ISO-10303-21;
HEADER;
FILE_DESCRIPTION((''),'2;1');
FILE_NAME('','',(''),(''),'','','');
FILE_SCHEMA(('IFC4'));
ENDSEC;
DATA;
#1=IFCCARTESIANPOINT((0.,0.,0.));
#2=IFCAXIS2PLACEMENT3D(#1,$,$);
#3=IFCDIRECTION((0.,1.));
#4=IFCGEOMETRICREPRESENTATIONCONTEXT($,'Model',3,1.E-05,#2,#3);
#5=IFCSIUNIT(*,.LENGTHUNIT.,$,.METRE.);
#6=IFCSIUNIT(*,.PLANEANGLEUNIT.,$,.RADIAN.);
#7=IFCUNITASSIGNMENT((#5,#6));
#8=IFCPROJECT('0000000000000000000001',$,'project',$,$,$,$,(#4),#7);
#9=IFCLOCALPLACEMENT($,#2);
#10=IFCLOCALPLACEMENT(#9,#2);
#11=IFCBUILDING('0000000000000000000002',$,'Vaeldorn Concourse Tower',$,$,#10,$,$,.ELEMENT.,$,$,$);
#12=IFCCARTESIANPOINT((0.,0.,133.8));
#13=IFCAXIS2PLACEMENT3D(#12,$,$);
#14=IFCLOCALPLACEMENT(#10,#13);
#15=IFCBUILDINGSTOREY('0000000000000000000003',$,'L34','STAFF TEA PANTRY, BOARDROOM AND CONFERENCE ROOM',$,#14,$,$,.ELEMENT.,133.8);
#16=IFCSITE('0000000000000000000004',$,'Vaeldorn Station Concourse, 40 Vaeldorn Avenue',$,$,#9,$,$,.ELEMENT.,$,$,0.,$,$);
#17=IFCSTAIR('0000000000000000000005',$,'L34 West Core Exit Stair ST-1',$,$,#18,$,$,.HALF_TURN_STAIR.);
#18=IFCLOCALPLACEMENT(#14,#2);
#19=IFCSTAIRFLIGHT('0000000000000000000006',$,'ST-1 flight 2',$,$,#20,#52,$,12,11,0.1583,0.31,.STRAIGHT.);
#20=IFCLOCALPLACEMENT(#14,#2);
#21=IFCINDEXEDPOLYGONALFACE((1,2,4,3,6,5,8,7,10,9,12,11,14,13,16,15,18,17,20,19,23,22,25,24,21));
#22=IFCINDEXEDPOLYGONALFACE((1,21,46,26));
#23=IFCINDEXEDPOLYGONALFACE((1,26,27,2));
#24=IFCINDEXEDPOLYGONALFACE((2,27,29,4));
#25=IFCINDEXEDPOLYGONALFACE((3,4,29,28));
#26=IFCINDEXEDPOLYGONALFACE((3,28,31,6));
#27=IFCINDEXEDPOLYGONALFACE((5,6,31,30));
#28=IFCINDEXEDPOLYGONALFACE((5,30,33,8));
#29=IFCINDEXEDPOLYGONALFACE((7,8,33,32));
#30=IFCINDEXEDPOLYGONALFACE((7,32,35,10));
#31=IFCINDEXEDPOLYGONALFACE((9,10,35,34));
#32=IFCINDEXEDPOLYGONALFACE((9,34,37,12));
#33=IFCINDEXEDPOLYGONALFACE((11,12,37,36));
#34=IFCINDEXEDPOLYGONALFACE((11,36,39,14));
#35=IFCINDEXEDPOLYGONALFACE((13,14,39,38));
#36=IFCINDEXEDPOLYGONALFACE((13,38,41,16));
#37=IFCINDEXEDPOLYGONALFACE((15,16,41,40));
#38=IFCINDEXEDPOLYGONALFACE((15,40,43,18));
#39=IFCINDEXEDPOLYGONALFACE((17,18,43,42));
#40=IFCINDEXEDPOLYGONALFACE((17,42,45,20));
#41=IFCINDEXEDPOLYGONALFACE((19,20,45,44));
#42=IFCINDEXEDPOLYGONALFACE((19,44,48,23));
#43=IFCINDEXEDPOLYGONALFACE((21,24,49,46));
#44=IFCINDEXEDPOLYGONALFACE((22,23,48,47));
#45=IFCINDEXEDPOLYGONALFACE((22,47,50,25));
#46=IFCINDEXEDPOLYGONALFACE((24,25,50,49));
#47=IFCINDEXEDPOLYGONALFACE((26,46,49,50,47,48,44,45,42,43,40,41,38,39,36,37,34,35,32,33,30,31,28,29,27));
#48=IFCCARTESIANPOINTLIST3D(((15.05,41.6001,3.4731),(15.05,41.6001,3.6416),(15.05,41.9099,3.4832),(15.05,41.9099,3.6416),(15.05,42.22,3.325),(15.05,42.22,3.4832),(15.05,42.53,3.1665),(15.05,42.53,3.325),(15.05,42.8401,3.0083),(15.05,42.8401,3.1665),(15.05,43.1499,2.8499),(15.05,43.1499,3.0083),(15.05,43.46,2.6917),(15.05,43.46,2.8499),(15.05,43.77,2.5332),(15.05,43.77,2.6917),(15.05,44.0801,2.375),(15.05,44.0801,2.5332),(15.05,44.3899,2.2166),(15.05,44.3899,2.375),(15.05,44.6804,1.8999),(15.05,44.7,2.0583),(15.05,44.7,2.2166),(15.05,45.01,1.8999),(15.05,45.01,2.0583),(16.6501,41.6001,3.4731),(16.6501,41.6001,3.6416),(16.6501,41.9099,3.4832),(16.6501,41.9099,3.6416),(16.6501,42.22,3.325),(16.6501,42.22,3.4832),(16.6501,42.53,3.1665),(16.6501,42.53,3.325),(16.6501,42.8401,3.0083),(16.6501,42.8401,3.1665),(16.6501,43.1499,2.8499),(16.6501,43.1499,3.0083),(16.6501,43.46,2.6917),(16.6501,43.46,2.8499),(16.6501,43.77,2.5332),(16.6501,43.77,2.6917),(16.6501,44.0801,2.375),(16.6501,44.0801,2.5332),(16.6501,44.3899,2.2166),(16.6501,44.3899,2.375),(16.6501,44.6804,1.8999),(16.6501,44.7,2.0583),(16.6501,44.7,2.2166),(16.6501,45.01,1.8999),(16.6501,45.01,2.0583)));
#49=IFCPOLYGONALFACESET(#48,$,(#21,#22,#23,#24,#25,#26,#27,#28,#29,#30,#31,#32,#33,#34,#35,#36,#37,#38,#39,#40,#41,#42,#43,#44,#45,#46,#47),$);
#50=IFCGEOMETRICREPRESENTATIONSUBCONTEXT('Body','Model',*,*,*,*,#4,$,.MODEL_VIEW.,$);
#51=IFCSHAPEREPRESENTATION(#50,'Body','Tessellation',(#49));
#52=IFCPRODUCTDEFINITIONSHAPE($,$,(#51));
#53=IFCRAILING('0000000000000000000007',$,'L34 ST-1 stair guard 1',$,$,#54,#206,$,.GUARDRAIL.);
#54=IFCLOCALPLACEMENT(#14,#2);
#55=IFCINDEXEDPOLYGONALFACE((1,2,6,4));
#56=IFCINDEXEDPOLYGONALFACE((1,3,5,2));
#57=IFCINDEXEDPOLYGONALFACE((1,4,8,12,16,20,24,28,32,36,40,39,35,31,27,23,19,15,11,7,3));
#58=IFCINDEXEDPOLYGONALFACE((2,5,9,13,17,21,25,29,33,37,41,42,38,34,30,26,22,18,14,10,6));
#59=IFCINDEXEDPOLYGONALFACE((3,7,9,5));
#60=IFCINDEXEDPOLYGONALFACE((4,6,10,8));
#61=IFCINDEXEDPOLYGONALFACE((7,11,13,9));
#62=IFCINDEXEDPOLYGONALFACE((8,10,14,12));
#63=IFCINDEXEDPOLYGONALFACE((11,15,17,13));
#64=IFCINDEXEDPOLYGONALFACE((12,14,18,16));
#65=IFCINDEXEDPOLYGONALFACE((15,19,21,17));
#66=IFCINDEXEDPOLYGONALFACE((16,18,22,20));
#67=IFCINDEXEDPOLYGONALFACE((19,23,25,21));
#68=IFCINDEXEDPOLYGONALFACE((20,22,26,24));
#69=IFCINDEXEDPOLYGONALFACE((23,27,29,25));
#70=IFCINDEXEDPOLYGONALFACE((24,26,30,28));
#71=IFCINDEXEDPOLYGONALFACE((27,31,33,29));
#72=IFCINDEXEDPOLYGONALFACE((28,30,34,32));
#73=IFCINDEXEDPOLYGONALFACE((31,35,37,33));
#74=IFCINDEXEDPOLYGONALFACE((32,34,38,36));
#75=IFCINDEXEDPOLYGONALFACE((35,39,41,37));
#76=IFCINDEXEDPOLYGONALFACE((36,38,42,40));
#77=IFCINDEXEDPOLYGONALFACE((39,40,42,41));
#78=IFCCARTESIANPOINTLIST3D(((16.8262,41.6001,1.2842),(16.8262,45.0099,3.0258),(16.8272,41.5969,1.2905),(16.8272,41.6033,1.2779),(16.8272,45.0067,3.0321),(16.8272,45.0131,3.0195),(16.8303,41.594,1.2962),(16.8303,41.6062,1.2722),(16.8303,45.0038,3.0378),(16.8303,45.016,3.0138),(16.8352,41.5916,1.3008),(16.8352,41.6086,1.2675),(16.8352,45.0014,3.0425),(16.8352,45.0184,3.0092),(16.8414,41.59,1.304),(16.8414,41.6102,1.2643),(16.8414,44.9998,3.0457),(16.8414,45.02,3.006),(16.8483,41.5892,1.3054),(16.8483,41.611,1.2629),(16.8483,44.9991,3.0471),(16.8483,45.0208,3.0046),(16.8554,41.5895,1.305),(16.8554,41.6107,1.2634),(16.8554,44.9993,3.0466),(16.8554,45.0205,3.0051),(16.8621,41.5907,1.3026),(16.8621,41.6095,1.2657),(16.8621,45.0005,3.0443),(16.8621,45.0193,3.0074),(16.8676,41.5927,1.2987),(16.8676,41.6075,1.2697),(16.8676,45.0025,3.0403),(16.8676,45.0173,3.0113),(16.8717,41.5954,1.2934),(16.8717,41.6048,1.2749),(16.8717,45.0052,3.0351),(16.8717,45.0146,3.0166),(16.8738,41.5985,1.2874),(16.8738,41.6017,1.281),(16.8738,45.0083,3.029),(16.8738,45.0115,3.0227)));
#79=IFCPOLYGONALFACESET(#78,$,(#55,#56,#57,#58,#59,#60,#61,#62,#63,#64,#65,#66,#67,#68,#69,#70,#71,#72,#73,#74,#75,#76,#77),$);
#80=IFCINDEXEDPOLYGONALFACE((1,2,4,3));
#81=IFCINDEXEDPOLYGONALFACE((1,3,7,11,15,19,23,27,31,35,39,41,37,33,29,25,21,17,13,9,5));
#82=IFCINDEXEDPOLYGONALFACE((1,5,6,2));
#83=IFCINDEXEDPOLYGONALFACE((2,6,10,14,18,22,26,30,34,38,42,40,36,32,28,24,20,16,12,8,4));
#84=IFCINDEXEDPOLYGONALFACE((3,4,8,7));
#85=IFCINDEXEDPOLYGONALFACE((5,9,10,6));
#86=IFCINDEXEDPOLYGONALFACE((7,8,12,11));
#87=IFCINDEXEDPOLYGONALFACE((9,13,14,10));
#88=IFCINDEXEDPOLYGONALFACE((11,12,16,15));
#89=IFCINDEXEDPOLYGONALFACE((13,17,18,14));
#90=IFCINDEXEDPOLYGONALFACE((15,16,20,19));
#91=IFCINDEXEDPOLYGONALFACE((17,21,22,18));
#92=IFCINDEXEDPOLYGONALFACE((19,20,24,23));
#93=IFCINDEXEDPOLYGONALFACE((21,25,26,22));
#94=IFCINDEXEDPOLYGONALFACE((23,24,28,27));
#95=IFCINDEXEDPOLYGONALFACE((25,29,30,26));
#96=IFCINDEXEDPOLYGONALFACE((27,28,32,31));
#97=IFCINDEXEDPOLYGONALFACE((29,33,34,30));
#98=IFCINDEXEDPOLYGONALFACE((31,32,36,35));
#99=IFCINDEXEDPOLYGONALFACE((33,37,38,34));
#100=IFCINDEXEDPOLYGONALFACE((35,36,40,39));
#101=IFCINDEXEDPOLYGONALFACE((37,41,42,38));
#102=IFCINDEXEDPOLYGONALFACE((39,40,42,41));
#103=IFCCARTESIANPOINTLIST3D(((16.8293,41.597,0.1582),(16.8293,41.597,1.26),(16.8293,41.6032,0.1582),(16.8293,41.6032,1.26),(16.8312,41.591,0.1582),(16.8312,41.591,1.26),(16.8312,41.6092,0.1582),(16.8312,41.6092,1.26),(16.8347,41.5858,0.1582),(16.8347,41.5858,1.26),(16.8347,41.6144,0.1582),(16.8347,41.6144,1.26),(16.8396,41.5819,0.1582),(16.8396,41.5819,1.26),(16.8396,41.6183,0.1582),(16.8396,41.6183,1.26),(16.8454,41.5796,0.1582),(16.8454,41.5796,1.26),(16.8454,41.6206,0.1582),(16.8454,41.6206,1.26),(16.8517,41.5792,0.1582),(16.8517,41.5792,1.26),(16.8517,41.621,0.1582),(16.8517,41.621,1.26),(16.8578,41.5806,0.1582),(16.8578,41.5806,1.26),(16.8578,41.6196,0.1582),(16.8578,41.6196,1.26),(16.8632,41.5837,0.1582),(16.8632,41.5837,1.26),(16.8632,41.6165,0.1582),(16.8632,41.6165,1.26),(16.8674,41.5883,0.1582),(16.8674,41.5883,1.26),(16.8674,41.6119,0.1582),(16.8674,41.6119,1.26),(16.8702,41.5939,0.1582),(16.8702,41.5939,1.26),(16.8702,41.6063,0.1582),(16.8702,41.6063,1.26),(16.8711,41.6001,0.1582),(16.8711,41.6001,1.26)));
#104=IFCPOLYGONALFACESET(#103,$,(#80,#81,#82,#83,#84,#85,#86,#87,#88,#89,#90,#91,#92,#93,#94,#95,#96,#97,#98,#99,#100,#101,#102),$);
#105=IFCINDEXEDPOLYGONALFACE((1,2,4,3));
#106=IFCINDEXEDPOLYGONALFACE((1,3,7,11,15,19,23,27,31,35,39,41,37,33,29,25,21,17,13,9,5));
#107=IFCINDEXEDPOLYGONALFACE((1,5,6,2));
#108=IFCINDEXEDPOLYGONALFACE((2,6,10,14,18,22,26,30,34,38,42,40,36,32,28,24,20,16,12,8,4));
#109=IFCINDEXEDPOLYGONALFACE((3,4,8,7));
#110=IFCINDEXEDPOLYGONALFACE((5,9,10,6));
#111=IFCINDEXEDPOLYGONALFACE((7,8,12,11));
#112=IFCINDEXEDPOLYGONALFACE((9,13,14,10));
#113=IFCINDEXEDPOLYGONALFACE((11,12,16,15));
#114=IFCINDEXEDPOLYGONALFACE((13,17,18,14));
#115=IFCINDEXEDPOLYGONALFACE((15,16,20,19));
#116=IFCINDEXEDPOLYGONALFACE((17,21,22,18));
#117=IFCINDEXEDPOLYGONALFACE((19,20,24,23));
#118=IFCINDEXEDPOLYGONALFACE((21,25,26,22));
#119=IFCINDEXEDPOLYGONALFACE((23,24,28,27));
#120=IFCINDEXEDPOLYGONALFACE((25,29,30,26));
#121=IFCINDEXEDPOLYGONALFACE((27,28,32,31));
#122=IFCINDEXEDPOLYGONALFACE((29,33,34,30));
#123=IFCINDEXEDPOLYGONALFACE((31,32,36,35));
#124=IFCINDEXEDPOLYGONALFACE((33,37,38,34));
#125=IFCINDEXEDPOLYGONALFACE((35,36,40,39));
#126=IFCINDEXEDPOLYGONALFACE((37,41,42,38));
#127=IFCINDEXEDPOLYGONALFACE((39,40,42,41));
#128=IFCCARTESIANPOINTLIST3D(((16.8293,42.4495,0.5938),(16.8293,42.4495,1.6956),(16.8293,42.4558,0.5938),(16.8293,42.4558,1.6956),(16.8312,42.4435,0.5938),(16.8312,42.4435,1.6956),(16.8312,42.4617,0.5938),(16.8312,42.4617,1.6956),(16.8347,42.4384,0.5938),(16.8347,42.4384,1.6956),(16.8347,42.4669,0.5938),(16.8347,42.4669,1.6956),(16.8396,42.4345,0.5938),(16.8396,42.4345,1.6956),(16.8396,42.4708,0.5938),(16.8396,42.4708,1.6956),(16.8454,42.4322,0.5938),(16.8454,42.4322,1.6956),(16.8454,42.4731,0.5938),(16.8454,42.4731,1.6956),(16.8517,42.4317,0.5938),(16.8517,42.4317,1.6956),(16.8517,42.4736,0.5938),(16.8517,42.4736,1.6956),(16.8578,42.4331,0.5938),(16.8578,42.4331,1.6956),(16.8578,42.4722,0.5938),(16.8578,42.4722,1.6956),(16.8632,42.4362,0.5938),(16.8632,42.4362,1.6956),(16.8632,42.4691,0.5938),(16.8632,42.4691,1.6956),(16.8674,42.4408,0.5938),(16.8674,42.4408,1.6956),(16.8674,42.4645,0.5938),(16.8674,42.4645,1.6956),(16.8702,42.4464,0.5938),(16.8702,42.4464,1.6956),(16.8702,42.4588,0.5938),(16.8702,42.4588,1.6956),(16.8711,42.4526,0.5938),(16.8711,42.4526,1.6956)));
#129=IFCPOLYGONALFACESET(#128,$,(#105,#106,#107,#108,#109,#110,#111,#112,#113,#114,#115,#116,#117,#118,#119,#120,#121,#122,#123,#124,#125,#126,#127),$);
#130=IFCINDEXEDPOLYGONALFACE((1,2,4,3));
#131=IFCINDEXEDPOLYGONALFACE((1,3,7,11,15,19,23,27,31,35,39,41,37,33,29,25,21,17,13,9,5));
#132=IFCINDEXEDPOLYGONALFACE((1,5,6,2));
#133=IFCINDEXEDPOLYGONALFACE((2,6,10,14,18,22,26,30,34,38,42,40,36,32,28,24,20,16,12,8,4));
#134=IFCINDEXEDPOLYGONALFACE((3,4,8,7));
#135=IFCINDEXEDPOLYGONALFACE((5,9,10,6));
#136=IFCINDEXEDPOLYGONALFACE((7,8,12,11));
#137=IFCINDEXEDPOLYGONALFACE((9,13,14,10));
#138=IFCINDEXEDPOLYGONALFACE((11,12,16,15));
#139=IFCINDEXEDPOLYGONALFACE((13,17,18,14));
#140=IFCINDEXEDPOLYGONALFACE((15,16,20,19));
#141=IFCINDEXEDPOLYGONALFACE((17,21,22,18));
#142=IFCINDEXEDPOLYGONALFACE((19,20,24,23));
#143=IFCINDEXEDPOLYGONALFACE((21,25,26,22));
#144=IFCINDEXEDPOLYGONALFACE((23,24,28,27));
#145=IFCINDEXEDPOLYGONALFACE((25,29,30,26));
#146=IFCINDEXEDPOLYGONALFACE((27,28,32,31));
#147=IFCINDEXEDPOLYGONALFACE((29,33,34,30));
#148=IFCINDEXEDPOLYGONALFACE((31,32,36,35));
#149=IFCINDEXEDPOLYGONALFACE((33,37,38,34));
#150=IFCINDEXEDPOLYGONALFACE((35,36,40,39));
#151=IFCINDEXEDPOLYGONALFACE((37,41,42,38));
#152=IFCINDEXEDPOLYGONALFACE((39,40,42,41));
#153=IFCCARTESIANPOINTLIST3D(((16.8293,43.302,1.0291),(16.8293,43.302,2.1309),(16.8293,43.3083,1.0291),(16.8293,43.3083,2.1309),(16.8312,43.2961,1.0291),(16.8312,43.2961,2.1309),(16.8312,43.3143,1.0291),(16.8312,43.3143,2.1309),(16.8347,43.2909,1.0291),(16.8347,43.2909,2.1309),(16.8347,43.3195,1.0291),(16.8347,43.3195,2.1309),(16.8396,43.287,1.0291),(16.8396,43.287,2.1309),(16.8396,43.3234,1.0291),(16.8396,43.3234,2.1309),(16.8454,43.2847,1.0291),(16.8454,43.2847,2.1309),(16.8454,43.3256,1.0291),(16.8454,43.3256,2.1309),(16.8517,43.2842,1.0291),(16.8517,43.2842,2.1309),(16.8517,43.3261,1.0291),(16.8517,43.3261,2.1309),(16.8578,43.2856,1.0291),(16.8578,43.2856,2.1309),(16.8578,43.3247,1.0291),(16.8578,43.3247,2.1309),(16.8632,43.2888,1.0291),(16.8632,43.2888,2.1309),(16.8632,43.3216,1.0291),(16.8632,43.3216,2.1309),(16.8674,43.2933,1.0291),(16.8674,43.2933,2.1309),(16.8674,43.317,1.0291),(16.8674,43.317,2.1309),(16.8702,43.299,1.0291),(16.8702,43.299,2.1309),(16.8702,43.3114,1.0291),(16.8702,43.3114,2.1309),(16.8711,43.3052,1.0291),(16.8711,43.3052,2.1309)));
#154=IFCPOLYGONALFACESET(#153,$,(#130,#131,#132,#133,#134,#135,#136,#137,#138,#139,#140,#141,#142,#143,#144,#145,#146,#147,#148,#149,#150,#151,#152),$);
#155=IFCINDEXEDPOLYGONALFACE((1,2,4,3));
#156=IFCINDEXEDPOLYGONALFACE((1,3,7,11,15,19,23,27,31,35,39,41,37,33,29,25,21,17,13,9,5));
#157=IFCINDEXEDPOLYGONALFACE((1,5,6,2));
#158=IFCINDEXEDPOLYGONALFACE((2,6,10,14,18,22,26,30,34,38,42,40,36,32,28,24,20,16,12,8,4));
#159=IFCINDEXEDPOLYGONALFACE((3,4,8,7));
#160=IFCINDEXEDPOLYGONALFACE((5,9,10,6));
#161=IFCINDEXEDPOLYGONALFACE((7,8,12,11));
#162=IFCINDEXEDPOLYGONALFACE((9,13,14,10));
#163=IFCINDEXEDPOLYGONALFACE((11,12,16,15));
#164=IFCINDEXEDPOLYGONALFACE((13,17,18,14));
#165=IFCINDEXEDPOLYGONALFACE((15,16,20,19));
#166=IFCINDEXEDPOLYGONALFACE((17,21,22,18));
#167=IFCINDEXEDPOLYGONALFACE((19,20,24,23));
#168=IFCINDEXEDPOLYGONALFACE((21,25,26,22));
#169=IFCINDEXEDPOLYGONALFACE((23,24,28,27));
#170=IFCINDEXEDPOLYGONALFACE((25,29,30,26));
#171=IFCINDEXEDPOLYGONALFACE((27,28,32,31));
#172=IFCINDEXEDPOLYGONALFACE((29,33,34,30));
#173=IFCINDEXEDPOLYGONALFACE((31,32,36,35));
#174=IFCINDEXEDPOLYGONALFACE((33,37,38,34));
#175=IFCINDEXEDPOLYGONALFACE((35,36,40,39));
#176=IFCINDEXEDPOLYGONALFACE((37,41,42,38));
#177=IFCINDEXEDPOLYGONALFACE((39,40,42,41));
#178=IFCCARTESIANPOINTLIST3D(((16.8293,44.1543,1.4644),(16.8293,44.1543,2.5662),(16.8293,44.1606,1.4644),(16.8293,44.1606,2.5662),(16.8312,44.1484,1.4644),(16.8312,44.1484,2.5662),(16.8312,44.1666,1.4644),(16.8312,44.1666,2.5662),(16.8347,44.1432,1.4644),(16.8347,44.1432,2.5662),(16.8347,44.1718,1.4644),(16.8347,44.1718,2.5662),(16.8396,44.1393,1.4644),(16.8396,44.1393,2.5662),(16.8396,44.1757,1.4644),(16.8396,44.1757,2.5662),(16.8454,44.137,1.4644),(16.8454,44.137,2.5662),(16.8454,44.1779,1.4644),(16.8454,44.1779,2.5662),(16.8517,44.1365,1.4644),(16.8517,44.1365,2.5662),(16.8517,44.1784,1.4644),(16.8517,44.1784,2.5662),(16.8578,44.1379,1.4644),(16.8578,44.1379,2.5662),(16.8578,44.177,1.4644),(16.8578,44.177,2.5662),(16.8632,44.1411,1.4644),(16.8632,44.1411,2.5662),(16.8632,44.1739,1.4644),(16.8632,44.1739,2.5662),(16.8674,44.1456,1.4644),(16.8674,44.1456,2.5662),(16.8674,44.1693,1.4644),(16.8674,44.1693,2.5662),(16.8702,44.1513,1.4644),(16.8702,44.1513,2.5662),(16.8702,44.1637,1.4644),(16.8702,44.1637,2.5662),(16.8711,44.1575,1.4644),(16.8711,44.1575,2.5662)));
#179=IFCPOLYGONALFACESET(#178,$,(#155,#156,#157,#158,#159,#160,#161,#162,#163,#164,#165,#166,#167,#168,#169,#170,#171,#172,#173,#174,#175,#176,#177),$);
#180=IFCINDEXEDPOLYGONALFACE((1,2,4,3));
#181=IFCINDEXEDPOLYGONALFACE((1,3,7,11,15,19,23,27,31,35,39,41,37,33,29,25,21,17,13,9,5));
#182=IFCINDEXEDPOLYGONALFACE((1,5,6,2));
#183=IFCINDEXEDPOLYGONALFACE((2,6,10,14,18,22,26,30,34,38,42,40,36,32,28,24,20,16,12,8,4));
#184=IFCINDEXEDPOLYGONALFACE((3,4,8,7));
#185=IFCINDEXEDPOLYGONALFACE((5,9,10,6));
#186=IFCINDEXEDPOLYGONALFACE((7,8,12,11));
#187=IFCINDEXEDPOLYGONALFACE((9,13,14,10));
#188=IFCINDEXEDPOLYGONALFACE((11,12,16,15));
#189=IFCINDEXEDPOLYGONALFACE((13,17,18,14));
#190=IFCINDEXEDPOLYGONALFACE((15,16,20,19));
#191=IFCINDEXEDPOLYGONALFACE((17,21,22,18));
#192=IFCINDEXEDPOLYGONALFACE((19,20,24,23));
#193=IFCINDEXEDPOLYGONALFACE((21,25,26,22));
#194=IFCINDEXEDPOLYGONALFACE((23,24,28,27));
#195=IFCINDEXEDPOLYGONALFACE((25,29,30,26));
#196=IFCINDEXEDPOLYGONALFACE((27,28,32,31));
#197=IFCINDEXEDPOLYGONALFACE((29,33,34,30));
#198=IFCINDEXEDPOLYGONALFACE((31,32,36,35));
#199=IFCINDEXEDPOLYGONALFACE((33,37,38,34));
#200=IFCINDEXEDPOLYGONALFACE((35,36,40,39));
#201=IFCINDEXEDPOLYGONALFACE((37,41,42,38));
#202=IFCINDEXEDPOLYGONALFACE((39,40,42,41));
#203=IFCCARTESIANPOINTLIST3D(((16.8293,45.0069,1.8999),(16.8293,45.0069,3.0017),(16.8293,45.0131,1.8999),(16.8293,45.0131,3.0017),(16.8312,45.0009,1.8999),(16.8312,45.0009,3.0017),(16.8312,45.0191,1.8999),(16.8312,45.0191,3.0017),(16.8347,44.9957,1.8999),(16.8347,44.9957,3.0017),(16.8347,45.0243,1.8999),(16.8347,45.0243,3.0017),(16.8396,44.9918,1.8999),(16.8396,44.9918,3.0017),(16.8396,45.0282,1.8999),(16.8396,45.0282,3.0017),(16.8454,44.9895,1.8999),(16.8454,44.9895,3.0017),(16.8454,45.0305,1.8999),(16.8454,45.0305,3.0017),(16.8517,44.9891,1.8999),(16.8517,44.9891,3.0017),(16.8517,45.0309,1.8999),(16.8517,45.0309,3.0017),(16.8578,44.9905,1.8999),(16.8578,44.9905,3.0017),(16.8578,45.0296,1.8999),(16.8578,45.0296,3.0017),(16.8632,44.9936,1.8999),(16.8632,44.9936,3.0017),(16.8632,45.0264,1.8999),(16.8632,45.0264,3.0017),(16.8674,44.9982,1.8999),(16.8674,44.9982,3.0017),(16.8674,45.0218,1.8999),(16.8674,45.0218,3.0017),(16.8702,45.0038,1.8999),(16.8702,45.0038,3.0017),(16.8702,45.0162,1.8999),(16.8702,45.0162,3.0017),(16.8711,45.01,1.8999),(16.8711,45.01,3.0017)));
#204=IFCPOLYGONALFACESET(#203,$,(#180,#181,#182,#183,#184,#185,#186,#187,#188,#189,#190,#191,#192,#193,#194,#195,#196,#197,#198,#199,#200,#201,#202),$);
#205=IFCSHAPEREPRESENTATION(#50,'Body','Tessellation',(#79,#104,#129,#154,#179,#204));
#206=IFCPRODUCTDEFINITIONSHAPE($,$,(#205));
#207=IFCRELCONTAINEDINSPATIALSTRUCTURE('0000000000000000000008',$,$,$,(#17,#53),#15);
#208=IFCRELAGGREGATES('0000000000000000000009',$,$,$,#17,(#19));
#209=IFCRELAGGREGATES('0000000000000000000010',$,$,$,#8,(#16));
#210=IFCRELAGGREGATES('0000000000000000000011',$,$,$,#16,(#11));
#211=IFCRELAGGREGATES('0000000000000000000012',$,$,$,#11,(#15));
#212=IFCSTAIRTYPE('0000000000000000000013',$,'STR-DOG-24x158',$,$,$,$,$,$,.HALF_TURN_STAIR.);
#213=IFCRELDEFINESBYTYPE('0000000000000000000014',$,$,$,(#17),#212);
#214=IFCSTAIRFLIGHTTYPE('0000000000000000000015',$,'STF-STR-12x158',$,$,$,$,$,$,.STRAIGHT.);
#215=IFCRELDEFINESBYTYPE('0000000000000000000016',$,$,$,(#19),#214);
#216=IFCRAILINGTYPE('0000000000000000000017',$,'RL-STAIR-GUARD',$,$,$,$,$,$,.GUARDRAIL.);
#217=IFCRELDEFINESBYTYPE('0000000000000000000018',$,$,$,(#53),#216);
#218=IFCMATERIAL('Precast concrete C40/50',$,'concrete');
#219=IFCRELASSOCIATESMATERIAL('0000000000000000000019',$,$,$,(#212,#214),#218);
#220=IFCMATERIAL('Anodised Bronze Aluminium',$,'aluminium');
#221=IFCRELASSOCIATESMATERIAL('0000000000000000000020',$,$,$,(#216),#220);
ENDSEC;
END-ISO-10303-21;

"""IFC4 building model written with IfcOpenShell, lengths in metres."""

from ifc_helpers import new_model, si_unit, direction, frame, origin, origin_2d, place, context, subcontext, project, spatial, polyline, circle, outline, extrude, material, type_object, element, aggregate, save


model = new_model("IFC4")

# Units and contexts
model_context = context("Model", 3, precision=1e-05, world=origin(), true_north=direction((0.0, 1.0)))
body_context = subcontext(model_context, "Body", "Model", "MODEL_VIEW")
ifc_project = project(units=[si_unit("LENGTHUNIT", "METRE"), si_unit("PLANEANGLEUNIT", "RADIAN")], contexts=[model_context])

# Site, building, storey
site_placement = place(None, origin())
site = spatial("IfcSite", under=ifc_project, at=site_placement, Name="Vaeldorn Station Concourse, 40 Vaeldorn Avenue", CompositionType="ELEMENT", RefElevation=0.0)
building_placement = place(site_placement, origin())
building = spatial("IfcBuilding", under=site, at=building_placement, Name="Vaeldorn Concourse Tower", CompositionType="ELEMENT")
storey_placement = place(building_placement, frame((0.0, 0.0, 133.8)))
storey = spatial("IfcBuildingStorey", under=building, at=storey_placement, Name="L34", Description="STAFF TEA PANTRY, BOARDROOM AND CONFERENCE ROOM", CompositionType="ELEMENT", Elevation=133.8)

# Shared definitions
ifc_material_1 = material(Name="Anodised Bronze Aluminium", Category="aluminium")

# Stair, stair flight
ifc_material_2 = material(Name="Precast concrete C40/50", Category="concrete")
stair_type = type_object("IfcStairType", Name="STR-DOG-24x158", PredefinedType="HALF_TURN_STAIR", material=ifc_material_2)
stair_placement = place(storey_placement, origin())
stair = element("IfcStair", 1, at=stair_placement, inside=storey, type_object=stair_type, Name="L34 West Core Exit Stair ST-1", PredefinedType="HALF_TURN_STAIR")
stair_flight_type = type_object("IfcStairFlightType", Name="STF-STR-12x158", PredefinedType="STRAIGHT", material=ifc_material_2)
stair_flight_1_placement = place(storey_placement, frame((15.8501, 45.01, 1.8999), z_axis=(0.0, 0.0, 1.0), x_axis=(0.0, -1.0, 0.0)))
stair_flight_1 = element("IfcStairFlight", 2, at=stair_flight_1_placement, type_object=stair_flight_type, Name="ST-1 flight 2", NumberOfRisers=12, NumberOfTreads=11, PredefinedType="STRAIGHT", RiserHeight=0.1583, TreadLength=0.31, context=body_context, shape_type="SweptSolid", body=[
    extrude(outline(polyline([(0.0, 0.0), (0.0, 0.1584), (0.3101, 0.1584), (0.3101, 0.3167), (0.6201, 0.3167), (0.6201, 0.4751), (0.9299, 0.4751), (0.9299, 0.6333), (1.24, 0.6333), (1.24, 0.7917), (1.55, 0.7917), (1.55, 0.95), (1.8601, 0.95), (1.8601, 1.1084), (2.1699, 1.1084), (2.1699, 1.2666), (2.48, 1.2666), (2.48, 1.425), (2.79, 1.425), (2.79, 1.5833), (3.1001, 1.5833), (3.1001, 1.7417), (3.4099, 1.7417), (3.4099, 1.8999), (3.4099, 1.5732), (0.3296, 0.0), (0.0, 0.0)])), frame((0.0, 0.8, 0.0), z_axis=(0.0, -1.0, 0.0), x_axis=(1.0, 0.0, 0.0)), (0.0, 0.0, 1.0), 1.6001),
])
aggregate(stair, [stair_flight_1])

# Railing
railing_type_1 = type_object("IfcRailingType", Name="RL-STAIR-GUARD", PredefinedType="GUARDRAIL", material=ifc_material_1)
railing_1_placement = place(storey_placement, frame((16.8501, 41.6001, 0.1582)))
element("IfcRailing", 3, at=railing_1_placement, inside=storey, type_object=railing_type_1, Name="L34 ST-1 stair guard 1", PredefinedType="GUARDRAIL", context=body_context, shape_type="SweptSolid", body=[
    extrude(circle(Radius=0.0239, at=origin_2d()), frame((0.0, 0.0, 1.126), z_axis=(0.0, 0.890556, 0.454874), x_axis=(-1.0, 0.0, 0.0)), (0.0, 0.0, 1.0), 3.8289),
    extrude(circle(Radius=0.021, at=origin_2d()), origin(), (0.0, 0.0, 1.0), 1.1018),
    extrude(circle(Radius=0.021, at=origin_2d()), frame((0.0, 0.8525, 0.4355)), (0.0, 0.0, 1.0), 1.1018),
    extrude(circle(Radius=0.021, at=origin_2d()), frame((0.0, 1.7051, 0.8708)), (0.0, 0.0, 1.0), 1.1018),
    extrude(circle(Radius=0.021, at=origin_2d()), frame((0.0, 2.5574, 1.3062)), (0.0, 0.0, 1.0), 1.1018),
    extrude(circle(Radius=0.021, at=origin_2d()), frame((0.0, 3.4099, 1.7417)), (0.0, 0.0, 1.0), 1.1018),
])

save(model, "model.ifc")
